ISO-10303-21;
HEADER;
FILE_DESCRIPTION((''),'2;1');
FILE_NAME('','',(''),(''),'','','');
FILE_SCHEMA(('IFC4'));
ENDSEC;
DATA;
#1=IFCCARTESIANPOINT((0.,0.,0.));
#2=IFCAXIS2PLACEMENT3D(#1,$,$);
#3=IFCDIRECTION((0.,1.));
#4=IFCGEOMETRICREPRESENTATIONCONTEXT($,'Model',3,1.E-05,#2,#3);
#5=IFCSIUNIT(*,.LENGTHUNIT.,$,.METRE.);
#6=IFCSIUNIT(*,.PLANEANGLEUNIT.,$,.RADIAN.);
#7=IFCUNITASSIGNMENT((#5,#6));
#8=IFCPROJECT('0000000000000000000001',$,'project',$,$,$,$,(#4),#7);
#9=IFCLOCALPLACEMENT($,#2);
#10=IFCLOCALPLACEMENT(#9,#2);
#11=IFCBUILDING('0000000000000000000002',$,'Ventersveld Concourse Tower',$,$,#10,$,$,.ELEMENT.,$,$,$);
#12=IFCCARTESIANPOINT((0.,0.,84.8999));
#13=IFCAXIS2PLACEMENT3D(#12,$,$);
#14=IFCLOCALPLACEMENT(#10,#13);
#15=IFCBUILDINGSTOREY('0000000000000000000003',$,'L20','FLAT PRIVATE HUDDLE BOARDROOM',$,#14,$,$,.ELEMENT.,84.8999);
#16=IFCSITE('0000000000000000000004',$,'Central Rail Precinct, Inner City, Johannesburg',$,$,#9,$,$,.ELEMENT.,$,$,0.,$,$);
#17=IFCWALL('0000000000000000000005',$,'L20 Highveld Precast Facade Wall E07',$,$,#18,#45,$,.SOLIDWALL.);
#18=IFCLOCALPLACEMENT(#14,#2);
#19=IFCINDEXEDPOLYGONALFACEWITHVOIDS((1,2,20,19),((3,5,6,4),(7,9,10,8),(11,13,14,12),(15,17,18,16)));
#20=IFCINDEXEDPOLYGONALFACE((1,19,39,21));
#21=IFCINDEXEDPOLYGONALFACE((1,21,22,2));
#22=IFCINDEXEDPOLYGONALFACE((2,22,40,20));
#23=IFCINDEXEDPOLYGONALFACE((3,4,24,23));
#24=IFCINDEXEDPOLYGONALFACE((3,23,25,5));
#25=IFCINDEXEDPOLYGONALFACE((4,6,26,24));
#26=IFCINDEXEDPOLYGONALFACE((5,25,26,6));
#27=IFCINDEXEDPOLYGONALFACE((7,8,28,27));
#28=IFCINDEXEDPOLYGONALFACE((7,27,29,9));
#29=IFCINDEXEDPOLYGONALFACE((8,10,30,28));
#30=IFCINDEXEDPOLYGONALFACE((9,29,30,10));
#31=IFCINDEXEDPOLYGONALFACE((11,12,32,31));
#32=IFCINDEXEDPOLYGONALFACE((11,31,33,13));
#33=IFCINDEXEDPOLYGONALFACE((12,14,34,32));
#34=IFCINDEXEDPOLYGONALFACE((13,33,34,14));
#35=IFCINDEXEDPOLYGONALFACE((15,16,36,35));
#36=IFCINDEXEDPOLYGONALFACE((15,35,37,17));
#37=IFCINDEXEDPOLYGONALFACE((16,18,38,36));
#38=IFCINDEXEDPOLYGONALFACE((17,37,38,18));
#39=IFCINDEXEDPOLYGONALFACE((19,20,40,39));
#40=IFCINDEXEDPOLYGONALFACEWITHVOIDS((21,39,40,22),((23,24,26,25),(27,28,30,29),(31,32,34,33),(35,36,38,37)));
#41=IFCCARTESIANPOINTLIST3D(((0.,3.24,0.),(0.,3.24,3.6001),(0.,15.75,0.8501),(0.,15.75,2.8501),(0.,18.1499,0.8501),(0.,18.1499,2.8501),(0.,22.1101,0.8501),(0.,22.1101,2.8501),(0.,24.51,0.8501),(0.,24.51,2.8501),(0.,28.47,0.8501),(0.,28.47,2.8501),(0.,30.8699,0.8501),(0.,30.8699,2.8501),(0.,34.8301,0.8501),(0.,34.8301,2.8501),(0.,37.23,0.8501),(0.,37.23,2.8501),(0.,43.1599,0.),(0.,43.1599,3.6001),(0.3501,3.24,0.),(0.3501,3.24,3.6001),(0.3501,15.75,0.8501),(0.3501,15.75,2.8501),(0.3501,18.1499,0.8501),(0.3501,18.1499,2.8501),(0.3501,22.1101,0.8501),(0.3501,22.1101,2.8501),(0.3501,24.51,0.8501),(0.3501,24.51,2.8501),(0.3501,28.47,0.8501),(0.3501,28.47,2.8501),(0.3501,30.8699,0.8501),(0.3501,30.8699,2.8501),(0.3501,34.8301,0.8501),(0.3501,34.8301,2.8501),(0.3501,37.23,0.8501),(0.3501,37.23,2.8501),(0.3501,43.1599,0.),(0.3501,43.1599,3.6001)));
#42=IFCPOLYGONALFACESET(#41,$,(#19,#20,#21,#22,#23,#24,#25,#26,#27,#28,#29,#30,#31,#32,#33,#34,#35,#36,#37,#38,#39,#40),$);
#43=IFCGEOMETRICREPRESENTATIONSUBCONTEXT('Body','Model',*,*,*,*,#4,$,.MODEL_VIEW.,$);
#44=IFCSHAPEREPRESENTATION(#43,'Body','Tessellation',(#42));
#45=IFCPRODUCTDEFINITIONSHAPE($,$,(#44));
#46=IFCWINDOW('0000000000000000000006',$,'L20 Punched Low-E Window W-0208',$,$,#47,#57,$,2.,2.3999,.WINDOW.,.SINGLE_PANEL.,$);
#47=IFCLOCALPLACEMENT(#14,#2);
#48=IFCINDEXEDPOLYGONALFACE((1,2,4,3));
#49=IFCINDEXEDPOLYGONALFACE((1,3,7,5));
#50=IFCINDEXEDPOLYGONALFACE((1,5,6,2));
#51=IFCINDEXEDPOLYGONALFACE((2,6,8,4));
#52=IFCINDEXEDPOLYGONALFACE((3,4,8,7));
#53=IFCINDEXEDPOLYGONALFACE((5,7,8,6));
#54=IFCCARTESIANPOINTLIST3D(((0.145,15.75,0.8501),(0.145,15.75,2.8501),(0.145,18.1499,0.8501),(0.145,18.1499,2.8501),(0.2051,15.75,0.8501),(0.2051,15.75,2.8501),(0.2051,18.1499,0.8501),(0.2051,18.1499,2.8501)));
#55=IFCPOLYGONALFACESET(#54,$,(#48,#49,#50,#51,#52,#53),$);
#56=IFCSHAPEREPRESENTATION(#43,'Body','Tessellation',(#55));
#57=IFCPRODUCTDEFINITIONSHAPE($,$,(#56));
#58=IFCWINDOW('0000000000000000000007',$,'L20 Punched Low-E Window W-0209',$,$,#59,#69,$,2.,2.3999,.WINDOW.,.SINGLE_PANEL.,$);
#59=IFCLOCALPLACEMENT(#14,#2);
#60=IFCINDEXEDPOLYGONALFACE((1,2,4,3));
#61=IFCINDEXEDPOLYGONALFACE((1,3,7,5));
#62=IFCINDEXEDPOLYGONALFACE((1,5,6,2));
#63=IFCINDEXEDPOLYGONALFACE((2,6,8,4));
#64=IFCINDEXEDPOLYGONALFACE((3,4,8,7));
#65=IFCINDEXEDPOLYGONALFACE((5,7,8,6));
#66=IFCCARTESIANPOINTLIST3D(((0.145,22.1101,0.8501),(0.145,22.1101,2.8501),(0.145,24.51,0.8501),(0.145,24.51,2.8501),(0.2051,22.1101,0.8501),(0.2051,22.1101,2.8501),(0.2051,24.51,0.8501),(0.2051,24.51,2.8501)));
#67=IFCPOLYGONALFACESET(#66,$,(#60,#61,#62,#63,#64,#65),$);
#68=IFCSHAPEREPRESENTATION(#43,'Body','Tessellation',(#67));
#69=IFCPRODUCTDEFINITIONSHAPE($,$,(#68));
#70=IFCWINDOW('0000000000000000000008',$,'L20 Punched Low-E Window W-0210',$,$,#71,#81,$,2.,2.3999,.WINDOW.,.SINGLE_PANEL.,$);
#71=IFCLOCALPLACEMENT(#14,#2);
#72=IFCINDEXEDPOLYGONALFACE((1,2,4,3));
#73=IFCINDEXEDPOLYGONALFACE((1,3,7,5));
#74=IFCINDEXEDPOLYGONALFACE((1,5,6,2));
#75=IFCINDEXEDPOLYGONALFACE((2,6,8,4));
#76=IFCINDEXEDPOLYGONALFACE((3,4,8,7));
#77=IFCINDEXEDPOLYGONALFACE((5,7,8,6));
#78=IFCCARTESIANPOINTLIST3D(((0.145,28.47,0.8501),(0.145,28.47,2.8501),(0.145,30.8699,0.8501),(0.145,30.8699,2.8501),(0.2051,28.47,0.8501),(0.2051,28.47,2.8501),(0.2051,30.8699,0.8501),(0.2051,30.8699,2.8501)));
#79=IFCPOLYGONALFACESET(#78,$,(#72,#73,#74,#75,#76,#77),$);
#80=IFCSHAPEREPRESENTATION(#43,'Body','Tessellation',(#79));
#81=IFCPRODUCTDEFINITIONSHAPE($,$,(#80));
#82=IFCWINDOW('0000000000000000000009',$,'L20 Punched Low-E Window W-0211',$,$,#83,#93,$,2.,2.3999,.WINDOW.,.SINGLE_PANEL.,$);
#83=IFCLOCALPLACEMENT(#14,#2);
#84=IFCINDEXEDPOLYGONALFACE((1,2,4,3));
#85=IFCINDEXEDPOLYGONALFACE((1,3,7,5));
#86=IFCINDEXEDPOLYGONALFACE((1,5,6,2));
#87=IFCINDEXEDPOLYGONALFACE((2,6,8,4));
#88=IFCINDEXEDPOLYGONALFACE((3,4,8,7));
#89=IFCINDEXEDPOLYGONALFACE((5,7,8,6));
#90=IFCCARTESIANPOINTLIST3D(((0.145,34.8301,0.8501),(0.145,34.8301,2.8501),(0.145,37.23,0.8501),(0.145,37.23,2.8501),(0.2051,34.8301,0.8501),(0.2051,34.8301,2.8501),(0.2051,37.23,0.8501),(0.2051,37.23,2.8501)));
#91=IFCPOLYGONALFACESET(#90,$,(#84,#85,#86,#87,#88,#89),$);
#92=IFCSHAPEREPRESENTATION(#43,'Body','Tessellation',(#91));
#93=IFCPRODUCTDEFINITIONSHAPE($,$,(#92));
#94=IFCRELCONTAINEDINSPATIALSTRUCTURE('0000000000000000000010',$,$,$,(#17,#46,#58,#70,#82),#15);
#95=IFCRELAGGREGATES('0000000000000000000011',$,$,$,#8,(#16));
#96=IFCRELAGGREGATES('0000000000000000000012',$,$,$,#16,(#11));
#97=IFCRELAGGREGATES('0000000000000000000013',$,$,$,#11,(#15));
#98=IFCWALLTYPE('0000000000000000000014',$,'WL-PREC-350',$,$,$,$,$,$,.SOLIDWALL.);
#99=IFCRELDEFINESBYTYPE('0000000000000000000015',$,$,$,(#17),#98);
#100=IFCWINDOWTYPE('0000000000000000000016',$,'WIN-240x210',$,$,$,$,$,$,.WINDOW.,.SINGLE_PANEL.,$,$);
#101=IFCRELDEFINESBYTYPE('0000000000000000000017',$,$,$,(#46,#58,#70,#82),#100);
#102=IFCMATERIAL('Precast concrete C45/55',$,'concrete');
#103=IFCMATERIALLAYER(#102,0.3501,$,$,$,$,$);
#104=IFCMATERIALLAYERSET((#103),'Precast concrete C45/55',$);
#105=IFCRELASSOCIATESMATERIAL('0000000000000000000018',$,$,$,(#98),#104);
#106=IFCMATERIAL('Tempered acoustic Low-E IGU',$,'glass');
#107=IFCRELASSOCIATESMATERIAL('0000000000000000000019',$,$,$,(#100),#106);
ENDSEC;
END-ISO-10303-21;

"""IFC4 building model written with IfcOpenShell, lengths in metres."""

from ifc_helpers import new_model, si_unit, direction, frame, frame_2d, origin, place, context, subcontext, project, spatial, rectangle, extrude, material, layer, layer_set, type_object, element, fill, save


model = new_model("IFC4")

# Units and contexts
model_context = context("Model", 3, precision=1e-05, world=origin(), true_north=direction((0.0, 1.0)))
body_context = subcontext(model_context, "Body", "Model", "MODEL_VIEW")
ifc_project = project(units=[si_unit("LENGTHUNIT", "METRE"), si_unit("PLANEANGLEUNIT", "RADIAN")], contexts=[model_context])

# Site, building, storey
site_placement = place(None, origin())
site = spatial("IfcSite", under=ifc_project, at=site_placement, Name="Central Rail Precinct, Inner City, Johannesburg", CompositionType="ELEMENT", RefElevation=0.0)
building_placement = place(site_placement, origin())
building = spatial("IfcBuilding", under=site, at=building_placement, Name="Ventersveld Concourse Tower", CompositionType="ELEMENT")
storey_placement = place(building_placement, frame((0.0, 0.0, 84.8999)))
storey = spatial("IfcBuildingStorey", under=building, at=storey_placement, Name="L20", Description="FLAT PRIVATE HUDDLE BOARDROOM", CompositionType="ELEMENT", Elevation=84.8999)

# Shared definitions
ifc_material_1 = material(Name="Precast concrete C45/55", Category="concrete")
ifc_layer_1 = layer(ifc_material_1, 0.3501)
ifc_layer_set_1 = layer_set([ifc_layer_1], Name="Precast concrete C45/55")
wall_type_1 = type_object("IfcWallType", Name="WL-PREC-350", PredefinedType="SOLIDWALL", material=ifc_layer_set_1)

# Wall, openings, windows
wall_1_placement = place(storey_placement, frame((0.175, 43.1599, 0.0), z_axis=(0.0, 0.0, 1.0), x_axis=(0.0, -1.0, 0.0)))
wall_1 = element("IfcWall", 1, at=wall_1_placement, inside=storey, type_object=wall_type_1, Name="L20 Highveld Precast Facade Wall E07", PredefinedType="SOLIDWALL", context=body_context, shape_type="SweptSolid", body=[
    extrude(rectangle(XDim=39.9199, YDim=0.3501, at=frame_2d((19.96, 0.0))), origin(), (0.0, 0.0, 1.0), 3.6001),
])
opening_1_placement = place(wall_1_placement, frame((25.01, 0.0, 0.8501)))
opening_1 = element("IfcOpeningElement", 2, at=opening_1_placement, cuts=wall_1, PredefinedType="OPENING", context=body_context, shape_type="SweptSolid", body=[
    extrude(rectangle(XDim=2.3999, YDim=2.0, at=frame_2d((1.2, 1.0))), frame((0.0, 0.1851, 0.0), z_axis=(0.0, -1.0, 0.0), x_axis=(1.0, 0.0, 0.0)), (0.0, 0.0, 1.0), 0.3701),
])
opening_2_placement = place(wall_1_placement, frame((18.6499, 0.0, 0.8501)))
opening_2 = element("IfcOpeningElement", 3, at=opening_2_placement, cuts=wall_1, PredefinedType="OPENING", context=body_context, shape_type="SweptSolid", body=[
    extrude(rectangle(XDim=2.3999, YDim=2.0, at=frame_2d((1.2, 1.0))), frame((0.0, 0.1851, 0.0), z_axis=(0.0, -1.0, 0.0), x_axis=(1.0, 0.0, 0.0)), (0.0, 0.0, 1.0), 0.3701),
])
opening_3_placement = place(wall_1_placement, frame((12.29, 0.0, 0.8501)))
opening_3 = element("IfcOpeningElement", 4, at=opening_3_placement, cuts=wall_1, PredefinedType="OPENING", context=body_context, shape_type="SweptSolid", body=[
    extrude(rectangle(XDim=2.3999, YDim=2.0, at=frame_2d((1.2, 1.0))), frame((0.0, 0.1851, 0.0), z_axis=(0.0, -1.0, 0.0), x_axis=(1.0, 0.0, 0.0)), (0.0, 0.0, 1.0), 0.3701),
])
opening_4_placement = place(wall_1_placement, frame((5.9299, 0.0, 0.8501)))
opening_4 = element("IfcOpeningElement", 5, at=opening_4_placement, cuts=wall_1, PredefinedType="OPENING", context=body_context, shape_type="SweptSolid", body=[
    extrude(rectangle(XDim=2.3999, YDim=2.0, at=frame_2d((1.2, 1.0))), frame((0.0, 0.1851, 0.0), z_axis=(0.0, -1.0, 0.0), x_axis=(1.0, 0.0, 0.0)), (0.0, 0.0, 1.0), 0.3701),
])
ifc_material_2 = material(Name="Tempered acoustic Low-E IGU", Category="glass")
window_type = type_object("IfcWindowType", Name="WIN-240x210", PartitioningType="SINGLE_PANEL", PredefinedType="WINDOW", material=ifc_material_2)
window_1_placement = place(opening_1_placement, origin())
window_1 = element("IfcWindow", 6, at=window_1_placement, inside=storey, type_object=window_type, Name="L20 Punched Low-E Window W-0208", OverallHeight=2.0, OverallWidth=2.3999, PartitioningType="SINGLE_PANEL", PredefinedType="WINDOW", context=body_context, shape_type="SweptSolid", body=[
    extrude(rectangle(XDim=2.3999, YDim=2.0, at=frame_2d((1.2, 1.0))), frame((0.0, 0.03, 0.0), z_axis=(0.0, -1.0, 0.0), x_axis=(1.0, 0.0, 0.0)), (0.0, 0.0, 1.0), 0.0601),
])
fill(opening_1, window_1)
window_2_placement = place(opening_2_placement, origin())
window_2 = element("IfcWindow", 7, at=window_2_placement, inside=storey, type_object=window_type, Name="L20 Punched Low-E Window W-0209", OverallHeight=2.0, OverallWidth=2.3999, PartitioningType="SINGLE_PANEL", PredefinedType="WINDOW", context=body_context, shape_type="SweptSolid", body=[
    extrude(rectangle(XDim=2.3999, YDim=2.0, at=frame_2d((1.2, 1.0))), frame((0.0, 0.03, 0.0), z_axis=(0.0, -1.0, 0.0), x_axis=(1.0, 0.0, 0.0)), (0.0, 0.0, 1.0), 0.0601),
])
fill(opening_2, window_2)
window_3_placement = place(opening_3_placement, origin())
window_3 = element("IfcWindow", 8, at=window_3_placement, inside=storey, type_object=window_type, Name="L20 Punched Low-E Window W-0210", OverallHeight=2.0, OverallWidth=2.3999, PartitioningType="SINGLE_PANEL", PredefinedType="WINDOW", context=body_context, shape_type="SweptSolid", body=[
    extrude(rectangle(XDim=2.3999, YDim=2.0, at=frame_2d((1.2, 1.0))), frame((0.0, 0.03, 0.0), z_axis=(0.0, -1.0, 0.0), x_axis=(1.0, 0.0, 0.0)), (0.0, 0.0, 1.0), 0.0601),
])
fill(opening_3, window_3)
window_4_placement = place(opening_4_placement, origin())
window_4 = element("IfcWindow", 9, at=window_4_placement, inside=storey, type_object=window_type, Name="L20 Punched Low-E Window W-0211", OverallHeight=2.0, OverallWidth=2.3999, PartitioningType="SINGLE_PANEL", PredefinedType="WINDOW", context=body_context, shape_type="SweptSolid", body=[
    extrude(rectangle(XDim=2.3999, YDim=2.0, at=frame_2d((1.2, 1.0))), frame((0.0, 0.03, 0.0), z_axis=(0.0, -1.0, 0.0), x_axis=(1.0, 0.0, 0.0)), (0.0, 0.0, 1.0), 0.0601),
])
fill(opening_4, window_4)

save(model, "model.ifc")
